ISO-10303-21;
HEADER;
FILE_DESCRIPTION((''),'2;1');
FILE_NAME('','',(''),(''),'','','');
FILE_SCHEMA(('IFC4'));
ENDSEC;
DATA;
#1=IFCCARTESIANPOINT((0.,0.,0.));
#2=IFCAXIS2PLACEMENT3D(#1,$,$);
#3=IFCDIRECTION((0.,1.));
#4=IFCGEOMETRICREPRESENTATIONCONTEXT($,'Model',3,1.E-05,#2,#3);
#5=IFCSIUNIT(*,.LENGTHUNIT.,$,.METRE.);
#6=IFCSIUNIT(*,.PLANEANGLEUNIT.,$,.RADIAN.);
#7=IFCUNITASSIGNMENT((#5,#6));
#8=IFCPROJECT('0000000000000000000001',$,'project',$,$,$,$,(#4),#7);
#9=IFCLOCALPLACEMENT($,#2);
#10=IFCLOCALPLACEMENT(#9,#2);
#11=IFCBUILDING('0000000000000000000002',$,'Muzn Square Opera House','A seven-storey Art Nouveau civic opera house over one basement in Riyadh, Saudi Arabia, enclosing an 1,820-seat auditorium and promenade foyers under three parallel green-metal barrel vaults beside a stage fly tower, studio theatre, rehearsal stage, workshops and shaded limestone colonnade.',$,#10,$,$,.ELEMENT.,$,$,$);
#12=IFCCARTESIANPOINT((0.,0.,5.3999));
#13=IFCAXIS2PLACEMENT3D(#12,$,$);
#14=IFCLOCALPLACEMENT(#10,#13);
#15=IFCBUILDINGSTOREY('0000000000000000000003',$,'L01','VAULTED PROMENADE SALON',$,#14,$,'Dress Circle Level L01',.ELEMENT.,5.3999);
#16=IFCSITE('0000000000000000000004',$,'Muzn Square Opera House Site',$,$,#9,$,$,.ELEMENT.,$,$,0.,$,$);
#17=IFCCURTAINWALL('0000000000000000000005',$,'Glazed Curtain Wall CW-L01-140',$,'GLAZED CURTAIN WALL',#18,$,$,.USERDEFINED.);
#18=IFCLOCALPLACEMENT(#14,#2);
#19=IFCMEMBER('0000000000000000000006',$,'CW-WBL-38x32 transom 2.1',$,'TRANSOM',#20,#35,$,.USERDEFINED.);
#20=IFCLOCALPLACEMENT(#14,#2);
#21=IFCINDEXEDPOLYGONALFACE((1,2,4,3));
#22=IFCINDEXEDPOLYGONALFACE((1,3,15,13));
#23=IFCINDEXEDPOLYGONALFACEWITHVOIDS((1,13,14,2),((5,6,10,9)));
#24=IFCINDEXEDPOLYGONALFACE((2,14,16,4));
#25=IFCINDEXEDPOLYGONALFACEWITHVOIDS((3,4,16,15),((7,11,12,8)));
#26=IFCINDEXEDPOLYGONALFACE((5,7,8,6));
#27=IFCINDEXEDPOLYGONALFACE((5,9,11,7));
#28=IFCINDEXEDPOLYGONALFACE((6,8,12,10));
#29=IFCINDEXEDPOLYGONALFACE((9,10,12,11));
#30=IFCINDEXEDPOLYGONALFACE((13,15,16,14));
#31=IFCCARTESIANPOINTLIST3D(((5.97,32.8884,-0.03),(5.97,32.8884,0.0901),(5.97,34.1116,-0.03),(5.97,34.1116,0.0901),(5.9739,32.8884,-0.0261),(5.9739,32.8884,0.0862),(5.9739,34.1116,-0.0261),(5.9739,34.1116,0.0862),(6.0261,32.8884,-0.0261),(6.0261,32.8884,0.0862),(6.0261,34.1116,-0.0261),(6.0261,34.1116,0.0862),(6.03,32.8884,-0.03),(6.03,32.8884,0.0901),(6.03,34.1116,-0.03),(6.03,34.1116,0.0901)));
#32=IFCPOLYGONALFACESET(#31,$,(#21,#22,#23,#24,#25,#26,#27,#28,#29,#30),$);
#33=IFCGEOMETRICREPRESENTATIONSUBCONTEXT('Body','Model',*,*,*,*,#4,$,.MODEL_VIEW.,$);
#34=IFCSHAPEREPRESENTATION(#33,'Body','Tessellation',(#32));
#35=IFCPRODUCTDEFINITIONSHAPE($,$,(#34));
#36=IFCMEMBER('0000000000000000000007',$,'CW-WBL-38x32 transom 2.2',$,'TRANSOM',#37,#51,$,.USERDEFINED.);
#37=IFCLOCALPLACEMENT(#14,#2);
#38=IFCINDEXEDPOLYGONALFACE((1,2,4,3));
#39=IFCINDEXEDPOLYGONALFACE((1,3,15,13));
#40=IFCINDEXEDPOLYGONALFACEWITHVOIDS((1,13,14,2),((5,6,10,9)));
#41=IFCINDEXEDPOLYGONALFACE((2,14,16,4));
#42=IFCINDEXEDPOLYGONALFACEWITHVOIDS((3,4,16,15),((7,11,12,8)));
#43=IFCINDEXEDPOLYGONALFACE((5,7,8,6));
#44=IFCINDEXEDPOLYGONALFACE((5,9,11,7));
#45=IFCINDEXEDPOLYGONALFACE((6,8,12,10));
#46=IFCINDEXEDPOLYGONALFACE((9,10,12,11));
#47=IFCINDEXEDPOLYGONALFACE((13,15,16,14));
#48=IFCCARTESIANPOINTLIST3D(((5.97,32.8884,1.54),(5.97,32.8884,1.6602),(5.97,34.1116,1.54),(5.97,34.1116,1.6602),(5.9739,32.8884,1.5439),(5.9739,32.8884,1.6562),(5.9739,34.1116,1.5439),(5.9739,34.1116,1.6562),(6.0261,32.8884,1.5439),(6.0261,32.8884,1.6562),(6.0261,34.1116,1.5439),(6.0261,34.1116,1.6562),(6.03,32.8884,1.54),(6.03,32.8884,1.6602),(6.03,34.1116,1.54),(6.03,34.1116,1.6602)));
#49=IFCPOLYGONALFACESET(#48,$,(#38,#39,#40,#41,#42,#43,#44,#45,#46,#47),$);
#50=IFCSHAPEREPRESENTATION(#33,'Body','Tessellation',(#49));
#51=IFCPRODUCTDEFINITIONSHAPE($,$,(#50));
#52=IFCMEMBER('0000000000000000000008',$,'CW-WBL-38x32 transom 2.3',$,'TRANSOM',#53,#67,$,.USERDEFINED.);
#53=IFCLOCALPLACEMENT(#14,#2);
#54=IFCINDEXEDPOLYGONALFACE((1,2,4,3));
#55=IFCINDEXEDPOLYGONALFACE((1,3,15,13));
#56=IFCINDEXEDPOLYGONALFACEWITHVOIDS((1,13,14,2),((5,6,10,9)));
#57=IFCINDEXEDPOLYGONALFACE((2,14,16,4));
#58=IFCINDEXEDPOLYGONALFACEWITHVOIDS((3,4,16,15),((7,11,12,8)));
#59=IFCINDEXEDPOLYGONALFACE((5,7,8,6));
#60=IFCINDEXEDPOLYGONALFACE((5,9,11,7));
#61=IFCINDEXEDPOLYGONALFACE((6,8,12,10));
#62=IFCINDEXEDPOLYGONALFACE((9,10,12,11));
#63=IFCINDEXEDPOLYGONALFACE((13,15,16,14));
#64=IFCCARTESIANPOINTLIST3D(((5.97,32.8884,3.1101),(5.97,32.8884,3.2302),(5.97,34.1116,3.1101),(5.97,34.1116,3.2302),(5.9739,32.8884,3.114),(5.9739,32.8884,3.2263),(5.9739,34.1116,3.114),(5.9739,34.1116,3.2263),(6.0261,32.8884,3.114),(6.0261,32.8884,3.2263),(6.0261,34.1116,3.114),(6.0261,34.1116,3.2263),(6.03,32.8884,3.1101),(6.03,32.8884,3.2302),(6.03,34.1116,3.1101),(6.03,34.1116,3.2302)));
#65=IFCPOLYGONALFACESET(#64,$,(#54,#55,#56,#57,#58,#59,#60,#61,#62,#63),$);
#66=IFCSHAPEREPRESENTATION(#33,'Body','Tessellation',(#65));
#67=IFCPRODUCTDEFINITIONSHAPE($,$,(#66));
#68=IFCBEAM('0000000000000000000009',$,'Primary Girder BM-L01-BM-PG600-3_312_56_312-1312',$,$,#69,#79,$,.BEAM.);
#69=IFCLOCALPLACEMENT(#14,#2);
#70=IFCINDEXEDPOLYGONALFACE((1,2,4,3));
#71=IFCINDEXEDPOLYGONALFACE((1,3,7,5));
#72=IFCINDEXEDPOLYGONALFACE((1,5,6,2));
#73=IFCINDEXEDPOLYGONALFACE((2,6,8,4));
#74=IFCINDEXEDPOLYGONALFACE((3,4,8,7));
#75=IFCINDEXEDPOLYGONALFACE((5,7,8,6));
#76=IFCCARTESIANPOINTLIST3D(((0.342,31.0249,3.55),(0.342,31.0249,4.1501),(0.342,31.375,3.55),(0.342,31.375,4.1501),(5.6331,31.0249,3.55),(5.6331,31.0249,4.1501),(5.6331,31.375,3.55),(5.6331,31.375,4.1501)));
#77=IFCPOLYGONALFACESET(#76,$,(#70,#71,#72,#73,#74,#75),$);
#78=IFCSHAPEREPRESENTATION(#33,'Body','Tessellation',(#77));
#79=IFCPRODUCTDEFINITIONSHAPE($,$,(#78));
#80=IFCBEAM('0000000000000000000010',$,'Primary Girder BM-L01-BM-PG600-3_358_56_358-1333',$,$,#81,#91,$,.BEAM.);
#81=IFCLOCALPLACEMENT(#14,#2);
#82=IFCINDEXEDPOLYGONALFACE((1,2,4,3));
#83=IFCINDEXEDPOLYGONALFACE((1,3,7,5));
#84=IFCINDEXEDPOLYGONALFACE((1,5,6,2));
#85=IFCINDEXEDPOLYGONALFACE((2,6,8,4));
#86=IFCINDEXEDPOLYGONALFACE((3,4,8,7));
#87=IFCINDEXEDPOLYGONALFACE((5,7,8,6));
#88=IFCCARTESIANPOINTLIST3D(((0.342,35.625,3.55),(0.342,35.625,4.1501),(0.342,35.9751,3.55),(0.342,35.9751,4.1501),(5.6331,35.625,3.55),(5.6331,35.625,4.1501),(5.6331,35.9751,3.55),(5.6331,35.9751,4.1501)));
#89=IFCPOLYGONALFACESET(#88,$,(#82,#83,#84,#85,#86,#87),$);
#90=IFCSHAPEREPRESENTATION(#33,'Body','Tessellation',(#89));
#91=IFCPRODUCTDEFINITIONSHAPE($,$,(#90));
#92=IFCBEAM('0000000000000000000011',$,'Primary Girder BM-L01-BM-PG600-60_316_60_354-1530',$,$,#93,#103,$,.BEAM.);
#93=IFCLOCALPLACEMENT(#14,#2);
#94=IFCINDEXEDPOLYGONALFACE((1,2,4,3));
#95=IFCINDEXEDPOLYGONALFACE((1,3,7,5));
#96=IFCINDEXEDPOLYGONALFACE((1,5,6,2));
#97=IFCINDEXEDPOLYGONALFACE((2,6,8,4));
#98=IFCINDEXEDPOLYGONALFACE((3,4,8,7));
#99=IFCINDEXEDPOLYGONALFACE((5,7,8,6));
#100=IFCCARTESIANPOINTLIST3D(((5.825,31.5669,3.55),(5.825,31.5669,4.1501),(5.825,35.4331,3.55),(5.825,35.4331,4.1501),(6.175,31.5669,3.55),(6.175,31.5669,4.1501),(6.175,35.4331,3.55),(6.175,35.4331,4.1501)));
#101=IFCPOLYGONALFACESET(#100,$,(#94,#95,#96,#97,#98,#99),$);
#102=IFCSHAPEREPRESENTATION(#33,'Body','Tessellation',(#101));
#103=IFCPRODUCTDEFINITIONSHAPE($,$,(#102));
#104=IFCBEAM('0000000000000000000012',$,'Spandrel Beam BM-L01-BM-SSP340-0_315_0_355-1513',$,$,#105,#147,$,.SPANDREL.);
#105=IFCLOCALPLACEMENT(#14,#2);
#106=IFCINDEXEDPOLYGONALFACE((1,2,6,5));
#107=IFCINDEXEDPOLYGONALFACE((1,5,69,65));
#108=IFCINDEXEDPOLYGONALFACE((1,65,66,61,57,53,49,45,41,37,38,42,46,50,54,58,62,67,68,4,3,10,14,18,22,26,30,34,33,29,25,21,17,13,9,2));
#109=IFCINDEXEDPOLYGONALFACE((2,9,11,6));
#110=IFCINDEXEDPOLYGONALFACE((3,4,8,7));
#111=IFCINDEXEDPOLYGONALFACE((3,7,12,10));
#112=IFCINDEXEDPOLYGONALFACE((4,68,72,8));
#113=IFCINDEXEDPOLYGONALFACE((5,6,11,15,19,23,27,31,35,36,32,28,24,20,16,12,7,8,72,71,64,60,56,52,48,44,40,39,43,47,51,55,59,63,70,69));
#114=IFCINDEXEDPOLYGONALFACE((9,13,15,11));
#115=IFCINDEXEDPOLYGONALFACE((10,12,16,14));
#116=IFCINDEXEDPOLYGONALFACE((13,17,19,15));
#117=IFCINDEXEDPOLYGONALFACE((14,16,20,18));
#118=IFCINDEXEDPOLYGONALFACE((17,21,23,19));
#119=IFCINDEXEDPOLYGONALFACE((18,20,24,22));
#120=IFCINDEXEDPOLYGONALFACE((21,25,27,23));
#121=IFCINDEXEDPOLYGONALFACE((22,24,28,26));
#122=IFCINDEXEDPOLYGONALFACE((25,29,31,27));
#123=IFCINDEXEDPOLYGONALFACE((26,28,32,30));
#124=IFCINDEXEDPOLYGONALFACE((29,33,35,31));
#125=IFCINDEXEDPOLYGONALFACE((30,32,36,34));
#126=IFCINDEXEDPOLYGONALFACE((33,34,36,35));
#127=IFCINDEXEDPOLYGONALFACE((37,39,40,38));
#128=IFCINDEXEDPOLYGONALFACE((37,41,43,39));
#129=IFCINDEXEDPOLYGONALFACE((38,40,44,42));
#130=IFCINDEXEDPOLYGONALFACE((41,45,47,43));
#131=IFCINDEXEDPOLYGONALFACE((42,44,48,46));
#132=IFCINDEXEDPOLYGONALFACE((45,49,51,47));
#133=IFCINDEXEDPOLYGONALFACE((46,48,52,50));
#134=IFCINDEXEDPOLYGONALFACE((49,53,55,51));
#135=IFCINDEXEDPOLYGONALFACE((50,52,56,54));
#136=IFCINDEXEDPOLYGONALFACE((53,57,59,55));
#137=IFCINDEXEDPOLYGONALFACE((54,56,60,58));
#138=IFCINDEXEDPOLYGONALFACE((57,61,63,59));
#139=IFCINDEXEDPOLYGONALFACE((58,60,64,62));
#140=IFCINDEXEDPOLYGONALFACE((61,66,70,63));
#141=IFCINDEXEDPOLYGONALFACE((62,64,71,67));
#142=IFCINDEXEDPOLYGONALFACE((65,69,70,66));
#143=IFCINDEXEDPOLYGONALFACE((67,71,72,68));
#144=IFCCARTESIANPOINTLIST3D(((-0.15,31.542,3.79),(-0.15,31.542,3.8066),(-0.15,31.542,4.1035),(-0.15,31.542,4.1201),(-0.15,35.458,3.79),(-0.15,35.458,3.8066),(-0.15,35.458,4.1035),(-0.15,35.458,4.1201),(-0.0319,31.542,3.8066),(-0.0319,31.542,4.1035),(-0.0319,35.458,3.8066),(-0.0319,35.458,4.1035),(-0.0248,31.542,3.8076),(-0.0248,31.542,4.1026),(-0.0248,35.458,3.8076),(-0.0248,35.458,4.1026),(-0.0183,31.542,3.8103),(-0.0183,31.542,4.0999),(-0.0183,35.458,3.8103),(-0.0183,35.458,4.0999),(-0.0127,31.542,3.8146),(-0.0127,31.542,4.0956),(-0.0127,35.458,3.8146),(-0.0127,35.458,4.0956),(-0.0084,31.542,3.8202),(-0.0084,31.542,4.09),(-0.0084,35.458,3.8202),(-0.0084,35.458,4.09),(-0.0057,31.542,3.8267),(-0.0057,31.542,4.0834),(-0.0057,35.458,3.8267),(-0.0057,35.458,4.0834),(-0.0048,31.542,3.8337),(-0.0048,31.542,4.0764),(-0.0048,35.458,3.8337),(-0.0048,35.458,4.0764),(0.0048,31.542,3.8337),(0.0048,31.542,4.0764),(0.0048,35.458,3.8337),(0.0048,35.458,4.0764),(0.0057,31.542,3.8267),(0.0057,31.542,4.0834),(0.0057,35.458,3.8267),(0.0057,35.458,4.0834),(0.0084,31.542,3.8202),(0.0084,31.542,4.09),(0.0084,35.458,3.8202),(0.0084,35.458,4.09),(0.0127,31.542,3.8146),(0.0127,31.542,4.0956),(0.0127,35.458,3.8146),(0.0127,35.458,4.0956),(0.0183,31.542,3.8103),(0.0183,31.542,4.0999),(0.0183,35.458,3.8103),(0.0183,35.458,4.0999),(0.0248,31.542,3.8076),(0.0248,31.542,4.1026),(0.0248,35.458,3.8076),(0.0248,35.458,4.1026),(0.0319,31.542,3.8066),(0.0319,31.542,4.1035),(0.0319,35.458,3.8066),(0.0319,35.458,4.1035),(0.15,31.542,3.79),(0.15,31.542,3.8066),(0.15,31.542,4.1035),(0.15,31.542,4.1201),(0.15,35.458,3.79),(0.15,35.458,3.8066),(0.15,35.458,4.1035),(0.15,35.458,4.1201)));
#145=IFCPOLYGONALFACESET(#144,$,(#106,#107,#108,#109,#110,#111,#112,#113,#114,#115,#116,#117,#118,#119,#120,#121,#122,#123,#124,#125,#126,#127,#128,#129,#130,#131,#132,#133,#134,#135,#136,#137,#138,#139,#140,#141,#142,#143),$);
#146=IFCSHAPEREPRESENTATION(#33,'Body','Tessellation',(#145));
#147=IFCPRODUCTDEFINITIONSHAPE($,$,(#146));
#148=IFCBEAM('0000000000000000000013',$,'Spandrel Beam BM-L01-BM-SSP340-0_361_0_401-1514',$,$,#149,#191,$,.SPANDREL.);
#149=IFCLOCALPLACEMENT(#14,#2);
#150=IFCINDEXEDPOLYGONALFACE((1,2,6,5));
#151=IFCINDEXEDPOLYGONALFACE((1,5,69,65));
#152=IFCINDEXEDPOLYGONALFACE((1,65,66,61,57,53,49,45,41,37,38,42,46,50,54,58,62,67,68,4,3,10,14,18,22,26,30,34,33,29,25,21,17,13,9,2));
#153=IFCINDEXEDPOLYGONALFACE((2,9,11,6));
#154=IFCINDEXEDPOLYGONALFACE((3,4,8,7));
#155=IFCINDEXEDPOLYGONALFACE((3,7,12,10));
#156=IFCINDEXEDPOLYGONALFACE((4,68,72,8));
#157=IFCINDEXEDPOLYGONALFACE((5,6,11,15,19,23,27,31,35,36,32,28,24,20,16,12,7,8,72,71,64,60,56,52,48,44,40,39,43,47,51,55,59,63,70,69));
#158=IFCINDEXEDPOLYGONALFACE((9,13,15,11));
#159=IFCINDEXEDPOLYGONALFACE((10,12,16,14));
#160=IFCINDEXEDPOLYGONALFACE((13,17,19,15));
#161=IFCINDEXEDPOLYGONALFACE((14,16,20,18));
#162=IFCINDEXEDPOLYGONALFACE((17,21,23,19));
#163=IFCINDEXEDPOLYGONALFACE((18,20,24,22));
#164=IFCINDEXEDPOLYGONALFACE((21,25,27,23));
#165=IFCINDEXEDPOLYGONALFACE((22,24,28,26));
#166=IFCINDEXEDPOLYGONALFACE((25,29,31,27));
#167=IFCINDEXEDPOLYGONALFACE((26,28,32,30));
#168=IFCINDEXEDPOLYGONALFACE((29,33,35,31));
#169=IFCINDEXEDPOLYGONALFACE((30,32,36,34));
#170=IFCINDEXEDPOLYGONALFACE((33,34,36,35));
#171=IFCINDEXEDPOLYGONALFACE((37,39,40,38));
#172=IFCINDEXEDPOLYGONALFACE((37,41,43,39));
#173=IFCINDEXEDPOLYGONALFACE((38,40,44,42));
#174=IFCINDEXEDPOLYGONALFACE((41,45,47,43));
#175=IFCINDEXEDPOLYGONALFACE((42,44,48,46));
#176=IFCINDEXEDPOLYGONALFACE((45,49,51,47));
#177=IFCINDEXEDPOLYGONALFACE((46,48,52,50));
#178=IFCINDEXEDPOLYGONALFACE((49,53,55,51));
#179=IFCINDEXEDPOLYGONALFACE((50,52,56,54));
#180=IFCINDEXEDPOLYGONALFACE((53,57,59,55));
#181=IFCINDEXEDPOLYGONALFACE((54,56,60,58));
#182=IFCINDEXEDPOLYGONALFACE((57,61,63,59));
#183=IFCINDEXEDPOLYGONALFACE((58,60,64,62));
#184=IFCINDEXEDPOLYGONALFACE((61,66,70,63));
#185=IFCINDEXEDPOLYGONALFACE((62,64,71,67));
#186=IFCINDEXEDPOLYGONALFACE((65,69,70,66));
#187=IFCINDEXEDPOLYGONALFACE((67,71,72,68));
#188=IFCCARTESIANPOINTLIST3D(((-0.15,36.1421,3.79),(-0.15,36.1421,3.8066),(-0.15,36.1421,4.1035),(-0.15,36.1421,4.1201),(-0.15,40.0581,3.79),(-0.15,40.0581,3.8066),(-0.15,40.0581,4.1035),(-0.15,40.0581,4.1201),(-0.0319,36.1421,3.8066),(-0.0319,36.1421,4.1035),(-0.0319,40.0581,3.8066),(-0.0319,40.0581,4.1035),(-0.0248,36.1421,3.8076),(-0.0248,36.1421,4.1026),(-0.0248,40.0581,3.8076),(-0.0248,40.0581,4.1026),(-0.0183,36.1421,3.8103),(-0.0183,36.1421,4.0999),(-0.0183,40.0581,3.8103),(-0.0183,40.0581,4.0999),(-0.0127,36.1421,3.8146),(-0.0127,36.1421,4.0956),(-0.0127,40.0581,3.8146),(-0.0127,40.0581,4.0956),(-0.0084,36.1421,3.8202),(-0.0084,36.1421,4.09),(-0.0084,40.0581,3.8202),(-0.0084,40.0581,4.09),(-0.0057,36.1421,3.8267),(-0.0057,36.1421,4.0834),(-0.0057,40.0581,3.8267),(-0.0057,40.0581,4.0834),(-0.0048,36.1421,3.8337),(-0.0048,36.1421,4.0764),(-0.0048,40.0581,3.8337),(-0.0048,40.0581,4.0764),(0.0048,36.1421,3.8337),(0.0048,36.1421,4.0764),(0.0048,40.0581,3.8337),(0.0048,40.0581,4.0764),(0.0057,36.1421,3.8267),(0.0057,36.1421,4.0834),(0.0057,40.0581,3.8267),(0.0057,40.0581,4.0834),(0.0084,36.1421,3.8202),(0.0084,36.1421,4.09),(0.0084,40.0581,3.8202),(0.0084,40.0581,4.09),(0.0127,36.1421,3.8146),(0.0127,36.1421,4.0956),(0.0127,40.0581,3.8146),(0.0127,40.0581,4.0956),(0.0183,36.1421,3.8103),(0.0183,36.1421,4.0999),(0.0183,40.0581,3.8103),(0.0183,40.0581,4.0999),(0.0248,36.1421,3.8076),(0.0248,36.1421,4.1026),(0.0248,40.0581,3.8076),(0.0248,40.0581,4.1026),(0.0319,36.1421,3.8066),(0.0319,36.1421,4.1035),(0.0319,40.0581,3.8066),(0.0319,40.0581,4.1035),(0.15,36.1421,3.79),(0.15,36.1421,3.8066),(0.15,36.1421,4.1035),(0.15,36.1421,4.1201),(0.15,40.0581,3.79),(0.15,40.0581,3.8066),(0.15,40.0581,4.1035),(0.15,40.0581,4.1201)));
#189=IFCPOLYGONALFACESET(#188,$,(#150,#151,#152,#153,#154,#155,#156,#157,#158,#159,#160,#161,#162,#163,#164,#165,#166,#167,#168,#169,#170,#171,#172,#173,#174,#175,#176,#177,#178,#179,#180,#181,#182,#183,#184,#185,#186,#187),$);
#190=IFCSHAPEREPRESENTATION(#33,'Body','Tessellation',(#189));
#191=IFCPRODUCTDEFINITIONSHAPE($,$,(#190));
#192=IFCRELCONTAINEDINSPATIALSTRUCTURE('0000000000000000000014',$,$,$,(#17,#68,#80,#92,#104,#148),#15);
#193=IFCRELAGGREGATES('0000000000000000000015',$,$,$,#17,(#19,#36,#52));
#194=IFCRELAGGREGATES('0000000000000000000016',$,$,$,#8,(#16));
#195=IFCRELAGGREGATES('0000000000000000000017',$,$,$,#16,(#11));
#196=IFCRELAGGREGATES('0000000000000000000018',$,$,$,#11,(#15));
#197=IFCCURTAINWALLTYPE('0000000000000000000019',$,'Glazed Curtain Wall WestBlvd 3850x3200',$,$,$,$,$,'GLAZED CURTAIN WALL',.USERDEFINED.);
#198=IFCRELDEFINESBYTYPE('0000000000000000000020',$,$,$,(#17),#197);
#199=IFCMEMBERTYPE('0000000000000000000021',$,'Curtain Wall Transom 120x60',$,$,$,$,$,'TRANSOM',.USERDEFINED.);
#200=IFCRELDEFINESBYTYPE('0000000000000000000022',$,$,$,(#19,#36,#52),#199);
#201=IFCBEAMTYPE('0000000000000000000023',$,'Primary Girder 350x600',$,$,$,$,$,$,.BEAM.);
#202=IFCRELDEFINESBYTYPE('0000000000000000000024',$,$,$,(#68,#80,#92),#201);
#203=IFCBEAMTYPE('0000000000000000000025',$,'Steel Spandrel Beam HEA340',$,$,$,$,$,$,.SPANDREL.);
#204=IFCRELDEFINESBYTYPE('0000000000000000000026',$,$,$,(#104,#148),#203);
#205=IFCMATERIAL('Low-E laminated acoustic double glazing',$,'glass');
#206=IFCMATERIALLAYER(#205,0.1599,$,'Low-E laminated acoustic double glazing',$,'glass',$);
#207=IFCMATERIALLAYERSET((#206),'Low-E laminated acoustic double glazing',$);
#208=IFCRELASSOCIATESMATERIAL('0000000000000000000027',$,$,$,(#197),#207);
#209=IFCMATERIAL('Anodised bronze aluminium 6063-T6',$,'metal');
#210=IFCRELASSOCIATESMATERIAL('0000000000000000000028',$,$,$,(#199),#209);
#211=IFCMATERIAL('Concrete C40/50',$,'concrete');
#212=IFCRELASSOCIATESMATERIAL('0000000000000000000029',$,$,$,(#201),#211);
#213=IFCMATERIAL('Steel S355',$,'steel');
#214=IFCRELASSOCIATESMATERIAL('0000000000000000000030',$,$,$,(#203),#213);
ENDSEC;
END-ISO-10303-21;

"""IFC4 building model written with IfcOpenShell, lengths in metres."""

from ifc_helpers import new_model, si_unit, direction, frame, origin, origin_2d, place, context, subcontext, project, spatial, rectangle, hollow_rectangle, i_section, extrude, material, layer, layer_set, material_profile, profile_set, type_object, element, aggregate, save


model = new_model("IFC4")

# Units and contexts
model_context = context("Model", 3, precision=1e-05, world=origin(), true_north=direction((0.0, 1.0)))
body_context = subcontext(model_context, "Body", "Model", "MODEL_VIEW")
ifc_project = project(units=[si_unit("LENGTHUNIT", "METRE"), si_unit("PLANEANGLEUNIT", "RADIAN")], contexts=[model_context])

# Site, building, storey
site_placement = place(None, origin())
site = spatial("IfcSite", under=ifc_project, at=site_placement, Name="Muzn Square Opera House Site", CompositionType="ELEMENT", RefElevation=0.0)
building_placement = place(site_placement, origin())
building = spatial("IfcBuilding", under=site, at=building_placement, Name="Muzn Square Opera House", Description="A seven-storey Art Nouveau civic opera house over one basement in Riyadh, Saudi Arabia, enclosing an 1,820-seat auditorium and promenade foyers under three parallel green-metal barrel vaults beside a stage fly tower, studio theatre, rehearsal stage, workshops and shaded limestone colonnade.", CompositionType="ELEMENT")
storey_placement = place(building_placement, frame((0.0, 0.0, 5.3999)))
storey = spatial("IfcBuildingStorey", under=building, at=storey_placement, Name="L01", Description="VAULTED PROMENADE SALON", LongName="Dress Circle Level L01", CompositionType="ELEMENT", Elevation=5.3999)

# Curtain wall, members
ifc_material_1 = material(Name="Low-E laminated acoustic double glazing", Category="glass")
ifc_layer_1 = layer(ifc_material_1, 0.1599, Name="Low-E laminated acoustic double glazing", Category="glass")
ifc_layer_set_1 = layer_set([ifc_layer_1], Name="Low-E laminated acoustic double glazing")
curtain_wall_type = type_object("IfcCurtainWallType", Name="Glazed Curtain Wall WestBlvd 3850x3200", ElementType="GLAZED CURTAIN WALL", PredefinedType="USERDEFINED", material=ifc_layer_set_1)
curtain_wall_placement = place(storey_placement, origin())
curtain_wall = element("IfcCurtainWall", 1, at=curtain_wall_placement, inside=storey, type_object=curtain_wall_type, Name="Glazed Curtain Wall CW-L01-140", ObjectType="GLAZED CURTAIN WALL", PredefinedType="USERDEFINED")
ifc_material_2 = material(Name="Anodised bronze aluminium 6063-T6", Category="metal")
ifc_material_profile_1 = material_profile(ifc_material_2, hollow_rectangle(XDim=0.0601, YDim=0.1201, WallThickness=0.0039, at=origin_2d()), Name="ALU 120x60x4", Category="metal")
ifc_profile_set_1 = profile_set([ifc_material_profile_1], Name="Anodised bronze aluminium 6063-T6")
member_type_1 = type_object("IfcMemberType", Name="Curtain Wall Transom 120x60", ElementType="TRANSOM", PredefinedType="USERDEFINED", material=ifc_profile_set_1)
member_1_placement = place(storey_placement, frame((6.0, 32.8884, 0.03), z_axis=(0.0, 1.0, 0.0), x_axis=(-1.0, 0.0, 0.0)))
member_1 = element("IfcMember", 2, at=member_1_placement, type_object=member_type_1, Name="CW-WBL-38x32 transom 2.1", ObjectType="TRANSOM", PredefinedType="USERDEFINED", context=body_context, shape_type="SweptSolid", body=[
    extrude(hollow_rectangle(XDim=0.0601, YDim=0.1201, WallThickness=0.0039, at=origin_2d()), origin(), (0.0, 0.0, 1.0), 1.2231),
])
member_2_placement = place(storey_placement, frame((6.0, 32.8884, 1.6001), z_axis=(0.0, 1.0, 0.0), x_axis=(-1.0, 0.0, 0.0)))
member_2 = element("IfcMember", 3, at=member_2_placement, type_object=member_type_1, Name="CW-WBL-38x32 transom 2.2", ObjectType="TRANSOM", PredefinedType="USERDEFINED", context=body_context, shape_type="SweptSolid", body=[
    extrude(hollow_rectangle(XDim=0.0601, YDim=0.1201, WallThickness=0.0039, at=origin_2d()), origin(), (0.0, 0.0, 1.0), 1.2231),
])
member_3_placement = place(storey_placement, frame((6.0, 32.8884, 3.1702), z_axis=(0.0, 1.0, 0.0), x_axis=(-1.0, 0.0, 0.0)))
member_3 = element("IfcMember", 4, at=member_3_placement, type_object=member_type_1, Name="CW-WBL-38x32 transom 2.3", ObjectType="TRANSOM", PredefinedType="USERDEFINED", context=body_context, shape_type="SweptSolid", body=[
    extrude(hollow_rectangle(XDim=0.0601, YDim=0.1201, WallThickness=0.0039, at=origin_2d()), origin(), (0.0, 0.0, 1.0), 1.2231),
])

# Beams
ifc_material_3 = material(Name="Concrete C40/50", Category="concrete")
ifc_material_profile_2 = material_profile(ifc_material_3, rectangle(XDim=0.3501, YDim=0.6001, at=origin_2d()), Name="RCB 350x600", Category="concrete")
ifc_profile_set_2 = profile_set([ifc_material_profile_2], Name="Concrete C40/50")
beam_type_1 = type_object("IfcBeamType", Name="Primary Girder 350x600", PredefinedType="BEAM", material=ifc_profile_set_2)
for number, where, z_axis, x_axis, name in (
    (5, (0.342, 31.2, 3.8501), (1.0, 0.0, 0.0), (0.0, 1.0, 0.0), "Primary Girder BM-L01-BM-PG600-3_312_56_312-1312"),
    (6, (0.342, 35.8, 3.8501), (1.0, 0.0, 0.0), (0.0, 1.0, 0.0), "Primary Girder BM-L01-BM-PG600-3_358_56_358-1333"),
):
    element("IfcBeam", number, at=place(storey_placement, frame(where, z_axis=z_axis, x_axis=x_axis)), inside=storey, type_object=beam_type_1, Name=name, PredefinedType="BEAM", context=body_context, shape_type="SweptSolid", body=[
        extrude(rectangle(XDim=0.3501, YDim=0.6001, at=origin_2d()), origin(), (0.0, 0.0, 1.0), 5.291),
    ])
beam_placement = place(storey_placement, frame((6.0, 31.5669, 3.8501), z_axis=(0.0, 1.0, 0.0), x_axis=(-1.0, 0.0, 0.0)))
element("IfcBeam", 7, at=beam_placement, inside=storey, type_object=beam_type_1, Name="Primary Girder BM-L01-BM-PG600-60_316_60_354-1530", PredefinedType="BEAM", context=body_context, shape_type="SweptSolid", body=[
    extrude(rectangle(XDim=0.3501, YDim=0.6001, at=origin_2d()), origin(), (0.0, 0.0, 1.0), 3.8662),
])
ifc_material_4 = material(Name="Steel S355", Category="steel")
ifc_material_profile_3 = material_profile(ifc_material_4, i_section(OverallWidth=0.3, OverallDepth=0.3301, WebThickness=0.0095, FlangeThickness=0.0166, FilletRadius=0.0271, at=origin_2d()), Name="HEA 340", Category="steel")
ifc_profile_set_3 = profile_set([ifc_material_profile_3], Name="Steel S355")
beam_type_2 = type_object("IfcBeamType", Name="Steel Spandrel Beam HEA340", PredefinedType="SPANDREL", material=ifc_profile_set_3)
for number, where, z_axis, x_axis, name in (
    (8, (0.0, 31.542, 3.9551), (0.0, 1.0, 0.0), (-1.0, 0.0, 0.0), "Spandrel Beam BM-L01-BM-SSP340-0_315_0_355-1513"),
    (9, (0.0, 36.1421, 3.9551), (0.0, 1.0, 0.0), (-1.0, 0.0, 0.0), "Spandrel Beam BM-L01-BM-SSP340-0_361_0_401-1514"),
):
    element("IfcBeam", number, at=place(storey_placement, frame(where, z_axis=z_axis, x_axis=x_axis)), inside=storey, type_object=beam_type_2, Name=name, PredefinedType="SPANDREL", context=body_context, shape_type="SweptSolid", body=[
        extrude(i_section(OverallWidth=0.3, OverallDepth=0.3301, WebThickness=0.0095, FlangeThickness=0.0166, FilletRadius=0.0271, at=origin_2d()), origin(), (0.0, 0.0, 1.0), 3.916),
    ])

aggregate(curtain_wall, [member_1, member_2, member_3])

save(model, "model.ifc")
